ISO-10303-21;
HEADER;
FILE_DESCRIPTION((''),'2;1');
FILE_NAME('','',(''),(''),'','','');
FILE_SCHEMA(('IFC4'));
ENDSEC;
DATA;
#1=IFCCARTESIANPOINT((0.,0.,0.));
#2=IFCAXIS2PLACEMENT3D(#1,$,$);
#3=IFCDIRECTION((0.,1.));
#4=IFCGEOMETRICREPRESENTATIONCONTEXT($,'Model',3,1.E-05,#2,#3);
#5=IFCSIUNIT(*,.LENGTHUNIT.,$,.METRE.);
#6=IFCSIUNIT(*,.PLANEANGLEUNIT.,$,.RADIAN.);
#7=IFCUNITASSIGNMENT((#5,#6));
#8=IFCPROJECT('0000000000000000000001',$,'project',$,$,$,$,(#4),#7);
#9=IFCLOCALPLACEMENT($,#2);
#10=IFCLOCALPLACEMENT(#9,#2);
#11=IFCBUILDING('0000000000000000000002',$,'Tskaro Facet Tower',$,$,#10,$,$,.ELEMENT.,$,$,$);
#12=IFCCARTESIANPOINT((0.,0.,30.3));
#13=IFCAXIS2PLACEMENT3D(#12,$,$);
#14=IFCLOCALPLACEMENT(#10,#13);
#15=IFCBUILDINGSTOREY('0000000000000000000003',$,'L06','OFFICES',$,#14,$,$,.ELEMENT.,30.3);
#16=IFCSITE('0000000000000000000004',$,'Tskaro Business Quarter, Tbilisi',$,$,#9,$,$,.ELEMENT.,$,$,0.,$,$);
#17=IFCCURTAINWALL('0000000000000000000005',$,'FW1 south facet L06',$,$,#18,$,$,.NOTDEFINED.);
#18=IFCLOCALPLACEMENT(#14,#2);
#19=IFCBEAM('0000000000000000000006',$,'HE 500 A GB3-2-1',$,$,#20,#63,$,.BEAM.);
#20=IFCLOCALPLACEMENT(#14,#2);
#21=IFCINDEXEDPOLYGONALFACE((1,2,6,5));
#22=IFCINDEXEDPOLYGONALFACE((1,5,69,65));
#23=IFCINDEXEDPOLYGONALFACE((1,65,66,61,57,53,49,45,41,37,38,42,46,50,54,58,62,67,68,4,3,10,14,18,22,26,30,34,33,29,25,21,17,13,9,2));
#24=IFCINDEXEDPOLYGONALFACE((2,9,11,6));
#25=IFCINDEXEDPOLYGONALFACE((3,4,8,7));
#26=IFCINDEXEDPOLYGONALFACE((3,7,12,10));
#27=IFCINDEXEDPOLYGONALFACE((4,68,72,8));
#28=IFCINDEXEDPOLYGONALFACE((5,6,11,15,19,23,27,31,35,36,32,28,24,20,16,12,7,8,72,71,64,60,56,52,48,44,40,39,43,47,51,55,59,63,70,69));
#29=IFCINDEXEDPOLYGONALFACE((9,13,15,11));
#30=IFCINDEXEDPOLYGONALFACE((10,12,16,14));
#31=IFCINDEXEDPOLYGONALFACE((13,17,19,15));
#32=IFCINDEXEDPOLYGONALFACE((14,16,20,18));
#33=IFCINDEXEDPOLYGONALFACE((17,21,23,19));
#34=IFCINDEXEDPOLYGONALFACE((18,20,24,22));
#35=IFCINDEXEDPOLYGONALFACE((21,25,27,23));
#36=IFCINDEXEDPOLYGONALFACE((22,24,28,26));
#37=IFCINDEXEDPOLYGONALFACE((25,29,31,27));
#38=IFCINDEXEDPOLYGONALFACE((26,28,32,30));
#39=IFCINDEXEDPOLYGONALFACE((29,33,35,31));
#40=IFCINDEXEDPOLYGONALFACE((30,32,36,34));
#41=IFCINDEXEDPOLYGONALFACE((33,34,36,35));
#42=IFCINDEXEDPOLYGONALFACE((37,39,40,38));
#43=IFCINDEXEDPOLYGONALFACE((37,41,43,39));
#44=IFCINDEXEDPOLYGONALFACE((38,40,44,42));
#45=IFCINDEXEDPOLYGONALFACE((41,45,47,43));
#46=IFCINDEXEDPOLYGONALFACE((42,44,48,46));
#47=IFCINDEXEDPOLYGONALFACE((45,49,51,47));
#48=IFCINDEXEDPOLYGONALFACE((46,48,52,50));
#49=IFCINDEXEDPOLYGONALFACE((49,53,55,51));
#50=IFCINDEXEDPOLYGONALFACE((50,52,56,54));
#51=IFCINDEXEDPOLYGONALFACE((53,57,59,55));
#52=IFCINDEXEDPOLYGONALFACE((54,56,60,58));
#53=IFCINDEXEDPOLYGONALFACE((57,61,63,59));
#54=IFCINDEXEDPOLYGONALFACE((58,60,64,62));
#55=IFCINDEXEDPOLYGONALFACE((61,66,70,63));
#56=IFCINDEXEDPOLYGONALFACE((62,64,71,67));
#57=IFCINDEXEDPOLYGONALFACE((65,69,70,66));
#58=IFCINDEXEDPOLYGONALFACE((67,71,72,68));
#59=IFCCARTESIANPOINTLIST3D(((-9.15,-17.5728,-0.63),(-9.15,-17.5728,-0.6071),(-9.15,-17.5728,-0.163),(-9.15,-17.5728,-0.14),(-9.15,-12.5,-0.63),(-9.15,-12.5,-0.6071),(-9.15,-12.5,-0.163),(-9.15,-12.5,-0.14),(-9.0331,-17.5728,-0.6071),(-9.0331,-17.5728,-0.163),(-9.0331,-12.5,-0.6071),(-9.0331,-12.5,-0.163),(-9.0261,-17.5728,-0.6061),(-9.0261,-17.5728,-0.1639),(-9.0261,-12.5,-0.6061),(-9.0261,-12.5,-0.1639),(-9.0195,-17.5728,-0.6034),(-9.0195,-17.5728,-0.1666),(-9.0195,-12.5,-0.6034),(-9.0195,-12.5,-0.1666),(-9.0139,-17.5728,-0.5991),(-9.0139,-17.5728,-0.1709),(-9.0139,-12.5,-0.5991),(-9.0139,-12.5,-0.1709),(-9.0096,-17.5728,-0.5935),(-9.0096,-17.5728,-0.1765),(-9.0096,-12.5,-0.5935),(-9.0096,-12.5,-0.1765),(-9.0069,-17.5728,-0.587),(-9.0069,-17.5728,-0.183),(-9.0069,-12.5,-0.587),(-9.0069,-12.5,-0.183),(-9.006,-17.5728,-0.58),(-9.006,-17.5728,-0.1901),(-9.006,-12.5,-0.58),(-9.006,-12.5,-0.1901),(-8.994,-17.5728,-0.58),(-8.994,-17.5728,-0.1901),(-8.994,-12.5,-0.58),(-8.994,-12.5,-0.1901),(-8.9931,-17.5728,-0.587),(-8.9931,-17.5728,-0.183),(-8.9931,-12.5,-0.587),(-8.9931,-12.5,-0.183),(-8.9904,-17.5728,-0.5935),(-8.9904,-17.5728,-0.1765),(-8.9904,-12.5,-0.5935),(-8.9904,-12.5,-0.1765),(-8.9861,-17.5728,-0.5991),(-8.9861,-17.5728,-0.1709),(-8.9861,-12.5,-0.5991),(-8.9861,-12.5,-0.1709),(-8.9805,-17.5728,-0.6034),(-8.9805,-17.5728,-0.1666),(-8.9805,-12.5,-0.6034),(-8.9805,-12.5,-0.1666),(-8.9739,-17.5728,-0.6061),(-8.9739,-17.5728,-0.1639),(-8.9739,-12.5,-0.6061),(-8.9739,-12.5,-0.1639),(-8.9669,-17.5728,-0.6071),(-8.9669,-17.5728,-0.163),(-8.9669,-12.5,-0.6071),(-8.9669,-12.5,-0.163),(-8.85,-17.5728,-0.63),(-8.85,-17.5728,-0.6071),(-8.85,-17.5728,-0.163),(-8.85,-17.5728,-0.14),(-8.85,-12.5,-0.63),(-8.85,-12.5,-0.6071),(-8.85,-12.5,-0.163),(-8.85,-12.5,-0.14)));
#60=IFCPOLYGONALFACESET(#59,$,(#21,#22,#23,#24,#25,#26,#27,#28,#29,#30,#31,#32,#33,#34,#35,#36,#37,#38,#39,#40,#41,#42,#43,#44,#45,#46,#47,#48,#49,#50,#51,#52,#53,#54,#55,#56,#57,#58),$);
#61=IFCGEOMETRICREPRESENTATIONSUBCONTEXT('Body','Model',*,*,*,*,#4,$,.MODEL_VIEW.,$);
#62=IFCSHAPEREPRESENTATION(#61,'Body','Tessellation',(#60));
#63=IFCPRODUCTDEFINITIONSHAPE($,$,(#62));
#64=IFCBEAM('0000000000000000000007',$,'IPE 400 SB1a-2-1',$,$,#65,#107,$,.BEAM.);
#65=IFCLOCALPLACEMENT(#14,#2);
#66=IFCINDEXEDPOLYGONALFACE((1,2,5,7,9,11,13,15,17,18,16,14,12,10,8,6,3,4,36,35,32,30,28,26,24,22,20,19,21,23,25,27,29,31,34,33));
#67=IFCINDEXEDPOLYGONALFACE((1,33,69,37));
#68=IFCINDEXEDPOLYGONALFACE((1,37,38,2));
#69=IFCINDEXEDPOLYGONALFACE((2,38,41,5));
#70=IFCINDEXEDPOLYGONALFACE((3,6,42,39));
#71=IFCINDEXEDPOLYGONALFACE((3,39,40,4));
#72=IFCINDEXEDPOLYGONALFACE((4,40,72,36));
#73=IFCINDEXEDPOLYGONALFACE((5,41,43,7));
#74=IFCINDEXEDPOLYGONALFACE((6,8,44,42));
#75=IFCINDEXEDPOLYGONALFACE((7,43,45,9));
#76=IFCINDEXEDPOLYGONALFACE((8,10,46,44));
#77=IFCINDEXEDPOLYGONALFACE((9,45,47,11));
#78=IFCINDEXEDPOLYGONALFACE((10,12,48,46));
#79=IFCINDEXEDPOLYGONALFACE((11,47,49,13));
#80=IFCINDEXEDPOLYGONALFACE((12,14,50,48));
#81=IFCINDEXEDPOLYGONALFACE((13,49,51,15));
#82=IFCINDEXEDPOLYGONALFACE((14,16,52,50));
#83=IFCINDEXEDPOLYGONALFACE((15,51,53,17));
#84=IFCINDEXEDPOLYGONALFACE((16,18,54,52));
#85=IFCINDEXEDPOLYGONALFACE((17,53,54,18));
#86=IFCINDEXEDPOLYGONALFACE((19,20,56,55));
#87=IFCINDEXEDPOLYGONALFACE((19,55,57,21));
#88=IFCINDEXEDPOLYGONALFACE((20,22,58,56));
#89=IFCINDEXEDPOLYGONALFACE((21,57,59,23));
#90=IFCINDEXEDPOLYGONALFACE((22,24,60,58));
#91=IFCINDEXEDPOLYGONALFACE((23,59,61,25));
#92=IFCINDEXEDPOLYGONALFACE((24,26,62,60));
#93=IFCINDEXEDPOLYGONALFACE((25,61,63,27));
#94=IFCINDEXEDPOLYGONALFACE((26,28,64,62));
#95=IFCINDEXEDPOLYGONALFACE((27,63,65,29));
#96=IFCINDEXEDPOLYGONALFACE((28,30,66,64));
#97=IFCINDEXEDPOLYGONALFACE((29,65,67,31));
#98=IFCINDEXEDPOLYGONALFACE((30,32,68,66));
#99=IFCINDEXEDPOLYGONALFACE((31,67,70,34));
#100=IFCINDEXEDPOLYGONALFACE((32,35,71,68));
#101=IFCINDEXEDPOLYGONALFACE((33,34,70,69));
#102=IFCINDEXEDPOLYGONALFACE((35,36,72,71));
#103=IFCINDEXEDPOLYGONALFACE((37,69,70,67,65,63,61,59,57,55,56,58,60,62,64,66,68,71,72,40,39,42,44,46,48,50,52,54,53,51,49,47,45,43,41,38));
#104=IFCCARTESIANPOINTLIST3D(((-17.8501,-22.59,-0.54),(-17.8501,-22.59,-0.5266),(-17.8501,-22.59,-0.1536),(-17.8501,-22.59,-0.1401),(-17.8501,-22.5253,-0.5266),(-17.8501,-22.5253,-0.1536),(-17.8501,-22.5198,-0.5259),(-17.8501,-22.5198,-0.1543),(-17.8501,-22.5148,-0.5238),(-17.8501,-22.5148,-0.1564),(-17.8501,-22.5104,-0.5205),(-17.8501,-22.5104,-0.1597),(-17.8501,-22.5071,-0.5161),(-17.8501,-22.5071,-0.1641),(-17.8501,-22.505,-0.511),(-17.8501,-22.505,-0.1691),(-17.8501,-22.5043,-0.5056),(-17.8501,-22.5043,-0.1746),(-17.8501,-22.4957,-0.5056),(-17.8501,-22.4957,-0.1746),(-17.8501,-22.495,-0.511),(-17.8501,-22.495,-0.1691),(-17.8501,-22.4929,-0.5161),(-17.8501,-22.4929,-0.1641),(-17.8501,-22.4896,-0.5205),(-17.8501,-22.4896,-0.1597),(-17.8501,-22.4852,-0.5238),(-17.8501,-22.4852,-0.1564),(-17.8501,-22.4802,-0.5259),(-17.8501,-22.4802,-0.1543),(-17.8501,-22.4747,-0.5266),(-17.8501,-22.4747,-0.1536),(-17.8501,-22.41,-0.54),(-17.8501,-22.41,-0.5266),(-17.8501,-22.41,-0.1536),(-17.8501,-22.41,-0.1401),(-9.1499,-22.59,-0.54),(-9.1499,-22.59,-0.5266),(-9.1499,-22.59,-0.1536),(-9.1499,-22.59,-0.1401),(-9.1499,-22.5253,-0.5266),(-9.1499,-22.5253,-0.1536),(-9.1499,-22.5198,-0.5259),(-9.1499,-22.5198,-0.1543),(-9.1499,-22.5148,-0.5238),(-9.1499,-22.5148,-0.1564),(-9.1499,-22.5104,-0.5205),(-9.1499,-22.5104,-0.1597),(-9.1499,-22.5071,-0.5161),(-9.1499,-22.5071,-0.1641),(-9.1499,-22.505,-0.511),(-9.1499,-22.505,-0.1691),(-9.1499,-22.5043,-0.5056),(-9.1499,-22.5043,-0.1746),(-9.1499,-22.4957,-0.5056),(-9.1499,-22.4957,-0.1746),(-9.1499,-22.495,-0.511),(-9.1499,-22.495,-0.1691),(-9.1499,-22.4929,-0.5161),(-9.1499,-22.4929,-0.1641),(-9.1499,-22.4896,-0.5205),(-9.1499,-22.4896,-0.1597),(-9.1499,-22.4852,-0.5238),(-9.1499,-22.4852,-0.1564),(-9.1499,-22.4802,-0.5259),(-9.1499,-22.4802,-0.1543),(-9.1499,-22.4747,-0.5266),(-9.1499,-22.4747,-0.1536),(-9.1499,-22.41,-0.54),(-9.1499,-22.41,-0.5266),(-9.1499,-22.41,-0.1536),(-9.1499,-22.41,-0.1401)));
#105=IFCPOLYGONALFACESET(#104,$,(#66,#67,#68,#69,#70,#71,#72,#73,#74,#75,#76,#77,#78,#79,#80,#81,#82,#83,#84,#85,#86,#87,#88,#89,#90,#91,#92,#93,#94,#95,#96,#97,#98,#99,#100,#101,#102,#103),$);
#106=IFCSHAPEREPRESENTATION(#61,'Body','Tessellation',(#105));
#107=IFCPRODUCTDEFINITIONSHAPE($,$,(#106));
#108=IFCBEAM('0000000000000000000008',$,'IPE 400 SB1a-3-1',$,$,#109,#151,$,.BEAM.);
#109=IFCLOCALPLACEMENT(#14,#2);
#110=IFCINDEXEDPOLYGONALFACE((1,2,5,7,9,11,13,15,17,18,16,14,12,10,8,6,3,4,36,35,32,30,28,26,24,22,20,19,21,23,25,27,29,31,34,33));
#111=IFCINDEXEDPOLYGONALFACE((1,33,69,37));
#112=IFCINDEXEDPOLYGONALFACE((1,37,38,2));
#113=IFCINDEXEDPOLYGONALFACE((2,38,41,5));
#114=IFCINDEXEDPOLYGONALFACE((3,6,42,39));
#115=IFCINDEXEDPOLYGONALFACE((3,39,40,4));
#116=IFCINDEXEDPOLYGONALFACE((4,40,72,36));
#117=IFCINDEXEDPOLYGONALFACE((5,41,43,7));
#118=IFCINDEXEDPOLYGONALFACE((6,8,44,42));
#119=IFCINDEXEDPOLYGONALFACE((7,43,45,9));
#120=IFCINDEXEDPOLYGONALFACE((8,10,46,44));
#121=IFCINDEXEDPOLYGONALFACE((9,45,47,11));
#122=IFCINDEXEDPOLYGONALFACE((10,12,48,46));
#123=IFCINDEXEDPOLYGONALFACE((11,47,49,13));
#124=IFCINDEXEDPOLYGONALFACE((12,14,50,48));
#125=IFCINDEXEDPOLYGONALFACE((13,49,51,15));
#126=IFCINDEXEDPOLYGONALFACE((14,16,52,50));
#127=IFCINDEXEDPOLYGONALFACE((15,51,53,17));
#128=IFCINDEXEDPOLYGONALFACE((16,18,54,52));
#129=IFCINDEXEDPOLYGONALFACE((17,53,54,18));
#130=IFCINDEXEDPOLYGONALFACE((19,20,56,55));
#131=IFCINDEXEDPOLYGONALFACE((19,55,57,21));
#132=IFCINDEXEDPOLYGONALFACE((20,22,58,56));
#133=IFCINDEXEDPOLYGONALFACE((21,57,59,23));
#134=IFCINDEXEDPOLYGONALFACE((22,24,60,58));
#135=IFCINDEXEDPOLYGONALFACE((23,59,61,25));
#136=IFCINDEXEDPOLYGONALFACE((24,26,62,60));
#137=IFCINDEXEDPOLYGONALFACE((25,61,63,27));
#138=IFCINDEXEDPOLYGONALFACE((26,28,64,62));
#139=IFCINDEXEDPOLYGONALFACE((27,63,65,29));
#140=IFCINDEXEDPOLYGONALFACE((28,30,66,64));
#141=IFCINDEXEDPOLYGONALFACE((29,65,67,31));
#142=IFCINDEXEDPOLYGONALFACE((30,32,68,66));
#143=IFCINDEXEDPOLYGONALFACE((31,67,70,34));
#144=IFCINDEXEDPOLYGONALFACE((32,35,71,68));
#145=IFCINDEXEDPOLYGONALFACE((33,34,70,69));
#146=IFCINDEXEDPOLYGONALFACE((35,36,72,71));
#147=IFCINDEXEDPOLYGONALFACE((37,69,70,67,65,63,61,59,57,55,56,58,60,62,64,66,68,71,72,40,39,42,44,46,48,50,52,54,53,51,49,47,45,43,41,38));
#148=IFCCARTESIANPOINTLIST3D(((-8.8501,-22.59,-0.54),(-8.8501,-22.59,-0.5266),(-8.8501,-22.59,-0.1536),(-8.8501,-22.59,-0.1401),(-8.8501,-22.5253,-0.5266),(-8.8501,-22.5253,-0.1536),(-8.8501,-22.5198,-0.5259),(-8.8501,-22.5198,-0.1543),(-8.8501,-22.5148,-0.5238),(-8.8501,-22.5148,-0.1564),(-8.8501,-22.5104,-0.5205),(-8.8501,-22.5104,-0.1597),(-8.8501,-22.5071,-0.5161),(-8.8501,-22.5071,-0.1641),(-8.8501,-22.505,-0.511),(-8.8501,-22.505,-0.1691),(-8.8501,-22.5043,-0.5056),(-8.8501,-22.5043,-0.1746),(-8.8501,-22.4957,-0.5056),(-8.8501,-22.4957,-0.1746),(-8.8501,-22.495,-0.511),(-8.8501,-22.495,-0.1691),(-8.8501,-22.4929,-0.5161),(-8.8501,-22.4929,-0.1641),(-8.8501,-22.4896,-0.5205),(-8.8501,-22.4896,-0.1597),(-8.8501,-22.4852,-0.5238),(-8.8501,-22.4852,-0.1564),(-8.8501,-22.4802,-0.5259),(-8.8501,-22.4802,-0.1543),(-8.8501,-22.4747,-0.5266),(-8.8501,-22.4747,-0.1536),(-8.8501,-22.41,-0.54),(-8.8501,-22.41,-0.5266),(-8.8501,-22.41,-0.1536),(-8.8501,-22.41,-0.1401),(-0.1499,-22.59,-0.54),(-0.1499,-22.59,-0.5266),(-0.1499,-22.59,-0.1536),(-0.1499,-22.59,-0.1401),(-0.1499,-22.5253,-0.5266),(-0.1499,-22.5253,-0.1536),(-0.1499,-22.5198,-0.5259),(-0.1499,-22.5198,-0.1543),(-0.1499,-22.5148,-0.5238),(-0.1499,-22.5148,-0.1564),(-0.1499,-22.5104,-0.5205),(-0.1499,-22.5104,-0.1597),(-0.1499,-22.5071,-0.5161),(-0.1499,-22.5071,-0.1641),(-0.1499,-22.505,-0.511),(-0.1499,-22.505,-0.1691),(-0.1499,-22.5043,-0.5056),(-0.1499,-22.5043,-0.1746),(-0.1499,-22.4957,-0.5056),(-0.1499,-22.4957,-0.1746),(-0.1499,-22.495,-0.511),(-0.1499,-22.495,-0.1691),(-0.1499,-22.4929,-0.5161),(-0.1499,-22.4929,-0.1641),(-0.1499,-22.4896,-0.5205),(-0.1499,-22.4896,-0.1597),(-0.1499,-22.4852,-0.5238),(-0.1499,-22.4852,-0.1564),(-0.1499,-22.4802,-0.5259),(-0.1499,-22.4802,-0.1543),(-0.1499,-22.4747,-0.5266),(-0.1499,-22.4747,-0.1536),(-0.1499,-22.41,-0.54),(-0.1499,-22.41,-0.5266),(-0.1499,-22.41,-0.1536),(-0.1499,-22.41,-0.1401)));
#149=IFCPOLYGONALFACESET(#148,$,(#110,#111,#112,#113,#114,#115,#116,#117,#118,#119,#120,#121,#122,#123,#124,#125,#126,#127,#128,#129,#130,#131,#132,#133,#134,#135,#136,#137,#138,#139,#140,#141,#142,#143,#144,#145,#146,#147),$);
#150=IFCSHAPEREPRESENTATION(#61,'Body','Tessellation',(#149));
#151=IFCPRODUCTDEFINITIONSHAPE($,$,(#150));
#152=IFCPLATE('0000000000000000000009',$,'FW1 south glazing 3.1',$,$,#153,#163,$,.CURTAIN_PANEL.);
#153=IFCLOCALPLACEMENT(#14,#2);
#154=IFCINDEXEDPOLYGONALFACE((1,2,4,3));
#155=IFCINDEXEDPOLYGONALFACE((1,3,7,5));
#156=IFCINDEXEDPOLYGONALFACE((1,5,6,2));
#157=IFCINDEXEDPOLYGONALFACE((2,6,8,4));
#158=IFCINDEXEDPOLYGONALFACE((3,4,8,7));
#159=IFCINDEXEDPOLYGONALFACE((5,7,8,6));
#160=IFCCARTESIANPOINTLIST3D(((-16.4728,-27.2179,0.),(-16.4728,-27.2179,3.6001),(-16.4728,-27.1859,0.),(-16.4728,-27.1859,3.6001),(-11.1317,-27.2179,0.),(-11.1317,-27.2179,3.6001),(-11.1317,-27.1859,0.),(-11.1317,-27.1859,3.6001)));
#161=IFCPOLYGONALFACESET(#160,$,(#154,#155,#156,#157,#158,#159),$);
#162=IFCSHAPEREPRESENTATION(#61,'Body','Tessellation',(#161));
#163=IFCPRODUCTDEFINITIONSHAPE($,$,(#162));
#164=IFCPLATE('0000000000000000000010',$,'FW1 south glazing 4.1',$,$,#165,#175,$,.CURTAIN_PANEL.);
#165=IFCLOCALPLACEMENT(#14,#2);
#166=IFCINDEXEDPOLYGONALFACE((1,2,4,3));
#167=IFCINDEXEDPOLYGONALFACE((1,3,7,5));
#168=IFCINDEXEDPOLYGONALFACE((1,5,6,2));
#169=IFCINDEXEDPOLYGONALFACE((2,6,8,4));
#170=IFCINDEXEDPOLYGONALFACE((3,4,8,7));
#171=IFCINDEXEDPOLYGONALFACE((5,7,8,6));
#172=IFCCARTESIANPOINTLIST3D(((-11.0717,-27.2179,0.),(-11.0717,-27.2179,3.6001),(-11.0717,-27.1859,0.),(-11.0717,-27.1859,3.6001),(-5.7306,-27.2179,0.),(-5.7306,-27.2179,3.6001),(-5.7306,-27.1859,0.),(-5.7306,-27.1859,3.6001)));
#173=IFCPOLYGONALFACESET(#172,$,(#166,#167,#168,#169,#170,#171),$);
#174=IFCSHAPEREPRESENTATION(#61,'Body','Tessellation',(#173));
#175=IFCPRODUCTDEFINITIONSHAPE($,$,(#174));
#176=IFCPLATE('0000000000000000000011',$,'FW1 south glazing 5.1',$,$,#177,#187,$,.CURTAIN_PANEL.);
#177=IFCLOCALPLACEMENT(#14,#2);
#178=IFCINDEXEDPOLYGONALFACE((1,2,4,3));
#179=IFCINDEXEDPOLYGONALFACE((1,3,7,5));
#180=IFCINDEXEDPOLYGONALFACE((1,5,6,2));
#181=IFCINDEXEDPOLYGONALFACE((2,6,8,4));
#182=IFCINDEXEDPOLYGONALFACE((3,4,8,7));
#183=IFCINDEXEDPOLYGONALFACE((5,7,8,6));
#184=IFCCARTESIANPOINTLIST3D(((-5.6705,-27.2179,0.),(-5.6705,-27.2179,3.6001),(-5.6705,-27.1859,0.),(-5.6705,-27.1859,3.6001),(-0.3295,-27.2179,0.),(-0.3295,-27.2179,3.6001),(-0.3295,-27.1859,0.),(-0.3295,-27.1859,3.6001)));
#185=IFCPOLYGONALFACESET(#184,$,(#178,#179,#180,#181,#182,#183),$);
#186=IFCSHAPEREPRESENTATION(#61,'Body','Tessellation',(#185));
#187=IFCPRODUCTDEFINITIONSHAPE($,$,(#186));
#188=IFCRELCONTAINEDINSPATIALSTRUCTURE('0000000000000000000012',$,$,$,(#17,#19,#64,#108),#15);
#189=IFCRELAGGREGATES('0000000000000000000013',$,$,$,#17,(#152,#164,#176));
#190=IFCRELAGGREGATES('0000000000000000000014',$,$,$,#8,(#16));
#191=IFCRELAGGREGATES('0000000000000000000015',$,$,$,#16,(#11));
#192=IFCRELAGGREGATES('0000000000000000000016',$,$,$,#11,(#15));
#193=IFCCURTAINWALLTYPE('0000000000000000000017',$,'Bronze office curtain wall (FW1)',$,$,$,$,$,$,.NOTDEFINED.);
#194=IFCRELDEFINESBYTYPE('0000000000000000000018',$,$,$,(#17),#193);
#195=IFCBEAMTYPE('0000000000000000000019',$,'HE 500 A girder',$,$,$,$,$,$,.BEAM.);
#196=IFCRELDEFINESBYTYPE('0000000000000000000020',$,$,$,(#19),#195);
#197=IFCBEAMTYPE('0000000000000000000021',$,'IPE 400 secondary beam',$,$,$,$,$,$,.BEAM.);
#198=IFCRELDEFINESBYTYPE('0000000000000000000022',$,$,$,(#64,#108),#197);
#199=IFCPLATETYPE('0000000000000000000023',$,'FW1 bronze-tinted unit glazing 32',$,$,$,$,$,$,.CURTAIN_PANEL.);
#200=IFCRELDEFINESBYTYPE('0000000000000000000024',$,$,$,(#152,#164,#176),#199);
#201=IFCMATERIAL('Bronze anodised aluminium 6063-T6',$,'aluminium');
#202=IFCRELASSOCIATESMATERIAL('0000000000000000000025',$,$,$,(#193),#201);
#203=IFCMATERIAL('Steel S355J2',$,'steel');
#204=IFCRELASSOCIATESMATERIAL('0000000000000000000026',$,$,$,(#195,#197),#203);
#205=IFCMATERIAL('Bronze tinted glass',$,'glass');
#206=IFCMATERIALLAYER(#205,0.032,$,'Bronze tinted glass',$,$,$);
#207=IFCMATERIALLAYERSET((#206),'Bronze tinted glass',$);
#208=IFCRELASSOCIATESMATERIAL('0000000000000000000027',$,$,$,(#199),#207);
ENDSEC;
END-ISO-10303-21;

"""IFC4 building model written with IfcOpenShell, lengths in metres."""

from ifc_helpers import new_model, si_unit, direction, frame, origin, origin_2d, place, context, subcontext, project, spatial, rectangle, i_section, extrude, material, layer, layer_set, material_profile, profile_set, type_object, element, aggregate, save


model = new_model("IFC4")

# Units and contexts
model_context = context("Model", 3, precision=1e-05, world=origin(), true_north=direction((0.0, 1.0)))
body_context = subcontext(model_context, "Body", "Model", "MODEL_VIEW")
ifc_project = project(units=[si_unit("LENGTHUNIT", "METRE"), si_unit("PLANEANGLEUNIT", "RADIAN")], contexts=[model_context])

# Site, building, storey
site_placement = place(None, origin())
site = spatial("IfcSite", under=ifc_project, at=site_placement, Name="Tskaro Business Quarter, Tbilisi", CompositionType="ELEMENT", RefElevation=0.0)
building_placement = place(site_placement, origin())
building = spatial("IfcBuilding", under=site, at=building_placement, Name="Tskaro Facet Tower", CompositionType="ELEMENT")
storey_placement = place(building_placement, frame((0.0, 0.0, 30.3)))
storey = spatial("IfcBuildingStorey", under=building, at=storey_placement, Name="L06", Description="OFFICES", CompositionType="ELEMENT", Elevation=30.3)

# Curtain wall
ifc_material_1 = material(Name="Bronze anodised aluminium 6063-T6", Category="aluminium")
curtain_wall_type = type_object("IfcCurtainWallType", Name="Bronze office curtain wall (FW1)", PredefinedType="NOTDEFINED", material=ifc_material_1)
curtain_wall_placement = place(storey_placement, origin())
curtain_wall = element("IfcCurtainWall", 1, at=curtain_wall_placement, inside=storey, type_object=curtain_wall_type, Name="FW1 south facet L06", PredefinedType="NOTDEFINED")

# Beams
ifc_material_2 = material(Name="Steel S355J2", Category="steel")
ifc_material_profile_1 = material_profile(ifc_material_2, i_section(OverallWidth=0.3, OverallDepth=0.49, WebThickness=0.012, FlangeThickness=0.0229, FilletRadius=0.0271, at=origin_2d()), Name="HE 500 A")
ifc_profile_set_1 = profile_set([ifc_material_profile_1], Name="Steel S355J2")
beam_type_1 = type_object("IfcBeamType", Name="HE 500 A girder", PredefinedType="BEAM", material=ifc_profile_set_1)
beam_1_placement = place(storey_placement, frame((-9.0, -17.5728, -0.385), z_axis=(0.0, 1.0, 0.0), x_axis=(-1.0, 0.0, 0.0)))
element("IfcBeam", 2, at=beam_1_placement, inside=storey, type_object=beam_type_1, Name="HE 500 A GB3-2-1", PredefinedType="BEAM", context=body_context, shape_type="SweptSolid", body=[
    extrude(i_section(OverallWidth=0.3, OverallDepth=0.49, WebThickness=0.012, FlangeThickness=0.0229, FilletRadius=0.0271, at=origin_2d()), origin(), (0.0, 0.0, 1.0), 5.0728),
])
ifc_material_profile_2 = material_profile(ifc_material_2, i_section(OverallWidth=0.1799, OverallDepth=0.3999, WebThickness=0.0085, FlangeThickness=0.0134, FilletRadius=0.021, at=origin_2d()), Name="IPE 400")
ifc_profile_set_2 = profile_set([ifc_material_profile_2], Name="Steel S355J2")
beam_type_2 = type_object("IfcBeamType", Name="IPE 400 secondary beam", PredefinedType="BEAM", material=ifc_profile_set_2)
for number, where, z_axis, x_axis, name in (
    (3, (-17.8501, -22.5, -0.3401), (1.0, 0.0, 0.0), (0.0, 1.0, 0.0), "IPE 400 SB1a-2-1"),
    (4, (-8.8501, -22.5, -0.3401), (1.0, 0.0, 0.0), (0.0, 1.0, 0.0), "IPE 400 SB1a-3-1"),
):
    element("IfcBeam", number, at=place(storey_placement, frame(where, z_axis=z_axis, x_axis=x_axis)), inside=storey, type_object=beam_type_2, Name=name, PredefinedType="BEAM", context=body_context, shape_type="SweptSolid", body=[
        extrude(i_section(OverallWidth=0.1799, OverallDepth=0.3999, WebThickness=0.0085, FlangeThickness=0.0134, FilletRadius=0.021, at=origin_2d()), origin(), (0.0, 0.0, 1.0), 8.7002),
    ])

# Plates
ifc_material_3 = material(Name="Bronze tinted glass", Category="glass")
ifc_layer_1 = layer(ifc_material_3, 0.032, Name="Bronze tinted glass")
ifc_layer_set_1 = layer_set([ifc_layer_1], Name="Bronze tinted glass")
plate_type = type_object("IfcPlateType", Name="FW1 bronze-tinted unit glazing 32", PredefinedType="CURTAIN_PANEL", material=ifc_layer_set_1)
plate_1_placement = place(storey_placement, frame((-13.8022, -27.2019, 0.0), z_axis=(0.0, 0.0, 1.0), x_axis=(1.0, 0.0, 0.0)))
plate_1 = element("IfcPlate", 5, at=plate_1_placement, type_object=plate_type, Name="FW1 south glazing 3.1", PredefinedType="CURTAIN_PANEL", context=body_context, shape_type="SweptSolid", body=[
    extrude(rectangle(XDim=5.3411, YDim=0.032, at=origin_2d()), origin(), (0.0, 0.0, 1.0), 3.6001),
])
plate_2_placement = place(storey_placement, frame((-8.4011, -27.2019, 0.0), z_axis=(0.0, 0.0, 1.0), x_axis=(1.0, 0.0, 0.0)))
plate_2 = element("IfcPlate", 6, at=plate_2_placement, type_object=plate_type, Name="FW1 south glazing 4.1", PredefinedType="CURTAIN_PANEL", context=body_context, shape_type="SweptSolid", body=[
    extrude(rectangle(XDim=5.3411, YDim=0.032, at=origin_2d()), origin(), (0.0, 0.0, 1.0), 3.6001),
])
plate_3_placement = place(storey_placement, frame((-3.0, -27.2019, 0.0), z_axis=(0.0, 0.0, 1.0), x_axis=(1.0, 0.0, 0.0)))
plate_3 = element("IfcPlate", 7, at=plate_3_placement, type_object=plate_type, Name="FW1 south glazing 5.1", PredefinedType="CURTAIN_PANEL", context=body_context, shape_type="SweptSolid", body=[
    extrude(rectangle(XDim=5.3411, YDim=0.032, at=origin_2d()), origin(), (0.0, 0.0, 1.0), 3.6001),
])
aggregate(curtain_wall, [plate_1, plate_2, plate_3])

save(model, "model.ifc")
